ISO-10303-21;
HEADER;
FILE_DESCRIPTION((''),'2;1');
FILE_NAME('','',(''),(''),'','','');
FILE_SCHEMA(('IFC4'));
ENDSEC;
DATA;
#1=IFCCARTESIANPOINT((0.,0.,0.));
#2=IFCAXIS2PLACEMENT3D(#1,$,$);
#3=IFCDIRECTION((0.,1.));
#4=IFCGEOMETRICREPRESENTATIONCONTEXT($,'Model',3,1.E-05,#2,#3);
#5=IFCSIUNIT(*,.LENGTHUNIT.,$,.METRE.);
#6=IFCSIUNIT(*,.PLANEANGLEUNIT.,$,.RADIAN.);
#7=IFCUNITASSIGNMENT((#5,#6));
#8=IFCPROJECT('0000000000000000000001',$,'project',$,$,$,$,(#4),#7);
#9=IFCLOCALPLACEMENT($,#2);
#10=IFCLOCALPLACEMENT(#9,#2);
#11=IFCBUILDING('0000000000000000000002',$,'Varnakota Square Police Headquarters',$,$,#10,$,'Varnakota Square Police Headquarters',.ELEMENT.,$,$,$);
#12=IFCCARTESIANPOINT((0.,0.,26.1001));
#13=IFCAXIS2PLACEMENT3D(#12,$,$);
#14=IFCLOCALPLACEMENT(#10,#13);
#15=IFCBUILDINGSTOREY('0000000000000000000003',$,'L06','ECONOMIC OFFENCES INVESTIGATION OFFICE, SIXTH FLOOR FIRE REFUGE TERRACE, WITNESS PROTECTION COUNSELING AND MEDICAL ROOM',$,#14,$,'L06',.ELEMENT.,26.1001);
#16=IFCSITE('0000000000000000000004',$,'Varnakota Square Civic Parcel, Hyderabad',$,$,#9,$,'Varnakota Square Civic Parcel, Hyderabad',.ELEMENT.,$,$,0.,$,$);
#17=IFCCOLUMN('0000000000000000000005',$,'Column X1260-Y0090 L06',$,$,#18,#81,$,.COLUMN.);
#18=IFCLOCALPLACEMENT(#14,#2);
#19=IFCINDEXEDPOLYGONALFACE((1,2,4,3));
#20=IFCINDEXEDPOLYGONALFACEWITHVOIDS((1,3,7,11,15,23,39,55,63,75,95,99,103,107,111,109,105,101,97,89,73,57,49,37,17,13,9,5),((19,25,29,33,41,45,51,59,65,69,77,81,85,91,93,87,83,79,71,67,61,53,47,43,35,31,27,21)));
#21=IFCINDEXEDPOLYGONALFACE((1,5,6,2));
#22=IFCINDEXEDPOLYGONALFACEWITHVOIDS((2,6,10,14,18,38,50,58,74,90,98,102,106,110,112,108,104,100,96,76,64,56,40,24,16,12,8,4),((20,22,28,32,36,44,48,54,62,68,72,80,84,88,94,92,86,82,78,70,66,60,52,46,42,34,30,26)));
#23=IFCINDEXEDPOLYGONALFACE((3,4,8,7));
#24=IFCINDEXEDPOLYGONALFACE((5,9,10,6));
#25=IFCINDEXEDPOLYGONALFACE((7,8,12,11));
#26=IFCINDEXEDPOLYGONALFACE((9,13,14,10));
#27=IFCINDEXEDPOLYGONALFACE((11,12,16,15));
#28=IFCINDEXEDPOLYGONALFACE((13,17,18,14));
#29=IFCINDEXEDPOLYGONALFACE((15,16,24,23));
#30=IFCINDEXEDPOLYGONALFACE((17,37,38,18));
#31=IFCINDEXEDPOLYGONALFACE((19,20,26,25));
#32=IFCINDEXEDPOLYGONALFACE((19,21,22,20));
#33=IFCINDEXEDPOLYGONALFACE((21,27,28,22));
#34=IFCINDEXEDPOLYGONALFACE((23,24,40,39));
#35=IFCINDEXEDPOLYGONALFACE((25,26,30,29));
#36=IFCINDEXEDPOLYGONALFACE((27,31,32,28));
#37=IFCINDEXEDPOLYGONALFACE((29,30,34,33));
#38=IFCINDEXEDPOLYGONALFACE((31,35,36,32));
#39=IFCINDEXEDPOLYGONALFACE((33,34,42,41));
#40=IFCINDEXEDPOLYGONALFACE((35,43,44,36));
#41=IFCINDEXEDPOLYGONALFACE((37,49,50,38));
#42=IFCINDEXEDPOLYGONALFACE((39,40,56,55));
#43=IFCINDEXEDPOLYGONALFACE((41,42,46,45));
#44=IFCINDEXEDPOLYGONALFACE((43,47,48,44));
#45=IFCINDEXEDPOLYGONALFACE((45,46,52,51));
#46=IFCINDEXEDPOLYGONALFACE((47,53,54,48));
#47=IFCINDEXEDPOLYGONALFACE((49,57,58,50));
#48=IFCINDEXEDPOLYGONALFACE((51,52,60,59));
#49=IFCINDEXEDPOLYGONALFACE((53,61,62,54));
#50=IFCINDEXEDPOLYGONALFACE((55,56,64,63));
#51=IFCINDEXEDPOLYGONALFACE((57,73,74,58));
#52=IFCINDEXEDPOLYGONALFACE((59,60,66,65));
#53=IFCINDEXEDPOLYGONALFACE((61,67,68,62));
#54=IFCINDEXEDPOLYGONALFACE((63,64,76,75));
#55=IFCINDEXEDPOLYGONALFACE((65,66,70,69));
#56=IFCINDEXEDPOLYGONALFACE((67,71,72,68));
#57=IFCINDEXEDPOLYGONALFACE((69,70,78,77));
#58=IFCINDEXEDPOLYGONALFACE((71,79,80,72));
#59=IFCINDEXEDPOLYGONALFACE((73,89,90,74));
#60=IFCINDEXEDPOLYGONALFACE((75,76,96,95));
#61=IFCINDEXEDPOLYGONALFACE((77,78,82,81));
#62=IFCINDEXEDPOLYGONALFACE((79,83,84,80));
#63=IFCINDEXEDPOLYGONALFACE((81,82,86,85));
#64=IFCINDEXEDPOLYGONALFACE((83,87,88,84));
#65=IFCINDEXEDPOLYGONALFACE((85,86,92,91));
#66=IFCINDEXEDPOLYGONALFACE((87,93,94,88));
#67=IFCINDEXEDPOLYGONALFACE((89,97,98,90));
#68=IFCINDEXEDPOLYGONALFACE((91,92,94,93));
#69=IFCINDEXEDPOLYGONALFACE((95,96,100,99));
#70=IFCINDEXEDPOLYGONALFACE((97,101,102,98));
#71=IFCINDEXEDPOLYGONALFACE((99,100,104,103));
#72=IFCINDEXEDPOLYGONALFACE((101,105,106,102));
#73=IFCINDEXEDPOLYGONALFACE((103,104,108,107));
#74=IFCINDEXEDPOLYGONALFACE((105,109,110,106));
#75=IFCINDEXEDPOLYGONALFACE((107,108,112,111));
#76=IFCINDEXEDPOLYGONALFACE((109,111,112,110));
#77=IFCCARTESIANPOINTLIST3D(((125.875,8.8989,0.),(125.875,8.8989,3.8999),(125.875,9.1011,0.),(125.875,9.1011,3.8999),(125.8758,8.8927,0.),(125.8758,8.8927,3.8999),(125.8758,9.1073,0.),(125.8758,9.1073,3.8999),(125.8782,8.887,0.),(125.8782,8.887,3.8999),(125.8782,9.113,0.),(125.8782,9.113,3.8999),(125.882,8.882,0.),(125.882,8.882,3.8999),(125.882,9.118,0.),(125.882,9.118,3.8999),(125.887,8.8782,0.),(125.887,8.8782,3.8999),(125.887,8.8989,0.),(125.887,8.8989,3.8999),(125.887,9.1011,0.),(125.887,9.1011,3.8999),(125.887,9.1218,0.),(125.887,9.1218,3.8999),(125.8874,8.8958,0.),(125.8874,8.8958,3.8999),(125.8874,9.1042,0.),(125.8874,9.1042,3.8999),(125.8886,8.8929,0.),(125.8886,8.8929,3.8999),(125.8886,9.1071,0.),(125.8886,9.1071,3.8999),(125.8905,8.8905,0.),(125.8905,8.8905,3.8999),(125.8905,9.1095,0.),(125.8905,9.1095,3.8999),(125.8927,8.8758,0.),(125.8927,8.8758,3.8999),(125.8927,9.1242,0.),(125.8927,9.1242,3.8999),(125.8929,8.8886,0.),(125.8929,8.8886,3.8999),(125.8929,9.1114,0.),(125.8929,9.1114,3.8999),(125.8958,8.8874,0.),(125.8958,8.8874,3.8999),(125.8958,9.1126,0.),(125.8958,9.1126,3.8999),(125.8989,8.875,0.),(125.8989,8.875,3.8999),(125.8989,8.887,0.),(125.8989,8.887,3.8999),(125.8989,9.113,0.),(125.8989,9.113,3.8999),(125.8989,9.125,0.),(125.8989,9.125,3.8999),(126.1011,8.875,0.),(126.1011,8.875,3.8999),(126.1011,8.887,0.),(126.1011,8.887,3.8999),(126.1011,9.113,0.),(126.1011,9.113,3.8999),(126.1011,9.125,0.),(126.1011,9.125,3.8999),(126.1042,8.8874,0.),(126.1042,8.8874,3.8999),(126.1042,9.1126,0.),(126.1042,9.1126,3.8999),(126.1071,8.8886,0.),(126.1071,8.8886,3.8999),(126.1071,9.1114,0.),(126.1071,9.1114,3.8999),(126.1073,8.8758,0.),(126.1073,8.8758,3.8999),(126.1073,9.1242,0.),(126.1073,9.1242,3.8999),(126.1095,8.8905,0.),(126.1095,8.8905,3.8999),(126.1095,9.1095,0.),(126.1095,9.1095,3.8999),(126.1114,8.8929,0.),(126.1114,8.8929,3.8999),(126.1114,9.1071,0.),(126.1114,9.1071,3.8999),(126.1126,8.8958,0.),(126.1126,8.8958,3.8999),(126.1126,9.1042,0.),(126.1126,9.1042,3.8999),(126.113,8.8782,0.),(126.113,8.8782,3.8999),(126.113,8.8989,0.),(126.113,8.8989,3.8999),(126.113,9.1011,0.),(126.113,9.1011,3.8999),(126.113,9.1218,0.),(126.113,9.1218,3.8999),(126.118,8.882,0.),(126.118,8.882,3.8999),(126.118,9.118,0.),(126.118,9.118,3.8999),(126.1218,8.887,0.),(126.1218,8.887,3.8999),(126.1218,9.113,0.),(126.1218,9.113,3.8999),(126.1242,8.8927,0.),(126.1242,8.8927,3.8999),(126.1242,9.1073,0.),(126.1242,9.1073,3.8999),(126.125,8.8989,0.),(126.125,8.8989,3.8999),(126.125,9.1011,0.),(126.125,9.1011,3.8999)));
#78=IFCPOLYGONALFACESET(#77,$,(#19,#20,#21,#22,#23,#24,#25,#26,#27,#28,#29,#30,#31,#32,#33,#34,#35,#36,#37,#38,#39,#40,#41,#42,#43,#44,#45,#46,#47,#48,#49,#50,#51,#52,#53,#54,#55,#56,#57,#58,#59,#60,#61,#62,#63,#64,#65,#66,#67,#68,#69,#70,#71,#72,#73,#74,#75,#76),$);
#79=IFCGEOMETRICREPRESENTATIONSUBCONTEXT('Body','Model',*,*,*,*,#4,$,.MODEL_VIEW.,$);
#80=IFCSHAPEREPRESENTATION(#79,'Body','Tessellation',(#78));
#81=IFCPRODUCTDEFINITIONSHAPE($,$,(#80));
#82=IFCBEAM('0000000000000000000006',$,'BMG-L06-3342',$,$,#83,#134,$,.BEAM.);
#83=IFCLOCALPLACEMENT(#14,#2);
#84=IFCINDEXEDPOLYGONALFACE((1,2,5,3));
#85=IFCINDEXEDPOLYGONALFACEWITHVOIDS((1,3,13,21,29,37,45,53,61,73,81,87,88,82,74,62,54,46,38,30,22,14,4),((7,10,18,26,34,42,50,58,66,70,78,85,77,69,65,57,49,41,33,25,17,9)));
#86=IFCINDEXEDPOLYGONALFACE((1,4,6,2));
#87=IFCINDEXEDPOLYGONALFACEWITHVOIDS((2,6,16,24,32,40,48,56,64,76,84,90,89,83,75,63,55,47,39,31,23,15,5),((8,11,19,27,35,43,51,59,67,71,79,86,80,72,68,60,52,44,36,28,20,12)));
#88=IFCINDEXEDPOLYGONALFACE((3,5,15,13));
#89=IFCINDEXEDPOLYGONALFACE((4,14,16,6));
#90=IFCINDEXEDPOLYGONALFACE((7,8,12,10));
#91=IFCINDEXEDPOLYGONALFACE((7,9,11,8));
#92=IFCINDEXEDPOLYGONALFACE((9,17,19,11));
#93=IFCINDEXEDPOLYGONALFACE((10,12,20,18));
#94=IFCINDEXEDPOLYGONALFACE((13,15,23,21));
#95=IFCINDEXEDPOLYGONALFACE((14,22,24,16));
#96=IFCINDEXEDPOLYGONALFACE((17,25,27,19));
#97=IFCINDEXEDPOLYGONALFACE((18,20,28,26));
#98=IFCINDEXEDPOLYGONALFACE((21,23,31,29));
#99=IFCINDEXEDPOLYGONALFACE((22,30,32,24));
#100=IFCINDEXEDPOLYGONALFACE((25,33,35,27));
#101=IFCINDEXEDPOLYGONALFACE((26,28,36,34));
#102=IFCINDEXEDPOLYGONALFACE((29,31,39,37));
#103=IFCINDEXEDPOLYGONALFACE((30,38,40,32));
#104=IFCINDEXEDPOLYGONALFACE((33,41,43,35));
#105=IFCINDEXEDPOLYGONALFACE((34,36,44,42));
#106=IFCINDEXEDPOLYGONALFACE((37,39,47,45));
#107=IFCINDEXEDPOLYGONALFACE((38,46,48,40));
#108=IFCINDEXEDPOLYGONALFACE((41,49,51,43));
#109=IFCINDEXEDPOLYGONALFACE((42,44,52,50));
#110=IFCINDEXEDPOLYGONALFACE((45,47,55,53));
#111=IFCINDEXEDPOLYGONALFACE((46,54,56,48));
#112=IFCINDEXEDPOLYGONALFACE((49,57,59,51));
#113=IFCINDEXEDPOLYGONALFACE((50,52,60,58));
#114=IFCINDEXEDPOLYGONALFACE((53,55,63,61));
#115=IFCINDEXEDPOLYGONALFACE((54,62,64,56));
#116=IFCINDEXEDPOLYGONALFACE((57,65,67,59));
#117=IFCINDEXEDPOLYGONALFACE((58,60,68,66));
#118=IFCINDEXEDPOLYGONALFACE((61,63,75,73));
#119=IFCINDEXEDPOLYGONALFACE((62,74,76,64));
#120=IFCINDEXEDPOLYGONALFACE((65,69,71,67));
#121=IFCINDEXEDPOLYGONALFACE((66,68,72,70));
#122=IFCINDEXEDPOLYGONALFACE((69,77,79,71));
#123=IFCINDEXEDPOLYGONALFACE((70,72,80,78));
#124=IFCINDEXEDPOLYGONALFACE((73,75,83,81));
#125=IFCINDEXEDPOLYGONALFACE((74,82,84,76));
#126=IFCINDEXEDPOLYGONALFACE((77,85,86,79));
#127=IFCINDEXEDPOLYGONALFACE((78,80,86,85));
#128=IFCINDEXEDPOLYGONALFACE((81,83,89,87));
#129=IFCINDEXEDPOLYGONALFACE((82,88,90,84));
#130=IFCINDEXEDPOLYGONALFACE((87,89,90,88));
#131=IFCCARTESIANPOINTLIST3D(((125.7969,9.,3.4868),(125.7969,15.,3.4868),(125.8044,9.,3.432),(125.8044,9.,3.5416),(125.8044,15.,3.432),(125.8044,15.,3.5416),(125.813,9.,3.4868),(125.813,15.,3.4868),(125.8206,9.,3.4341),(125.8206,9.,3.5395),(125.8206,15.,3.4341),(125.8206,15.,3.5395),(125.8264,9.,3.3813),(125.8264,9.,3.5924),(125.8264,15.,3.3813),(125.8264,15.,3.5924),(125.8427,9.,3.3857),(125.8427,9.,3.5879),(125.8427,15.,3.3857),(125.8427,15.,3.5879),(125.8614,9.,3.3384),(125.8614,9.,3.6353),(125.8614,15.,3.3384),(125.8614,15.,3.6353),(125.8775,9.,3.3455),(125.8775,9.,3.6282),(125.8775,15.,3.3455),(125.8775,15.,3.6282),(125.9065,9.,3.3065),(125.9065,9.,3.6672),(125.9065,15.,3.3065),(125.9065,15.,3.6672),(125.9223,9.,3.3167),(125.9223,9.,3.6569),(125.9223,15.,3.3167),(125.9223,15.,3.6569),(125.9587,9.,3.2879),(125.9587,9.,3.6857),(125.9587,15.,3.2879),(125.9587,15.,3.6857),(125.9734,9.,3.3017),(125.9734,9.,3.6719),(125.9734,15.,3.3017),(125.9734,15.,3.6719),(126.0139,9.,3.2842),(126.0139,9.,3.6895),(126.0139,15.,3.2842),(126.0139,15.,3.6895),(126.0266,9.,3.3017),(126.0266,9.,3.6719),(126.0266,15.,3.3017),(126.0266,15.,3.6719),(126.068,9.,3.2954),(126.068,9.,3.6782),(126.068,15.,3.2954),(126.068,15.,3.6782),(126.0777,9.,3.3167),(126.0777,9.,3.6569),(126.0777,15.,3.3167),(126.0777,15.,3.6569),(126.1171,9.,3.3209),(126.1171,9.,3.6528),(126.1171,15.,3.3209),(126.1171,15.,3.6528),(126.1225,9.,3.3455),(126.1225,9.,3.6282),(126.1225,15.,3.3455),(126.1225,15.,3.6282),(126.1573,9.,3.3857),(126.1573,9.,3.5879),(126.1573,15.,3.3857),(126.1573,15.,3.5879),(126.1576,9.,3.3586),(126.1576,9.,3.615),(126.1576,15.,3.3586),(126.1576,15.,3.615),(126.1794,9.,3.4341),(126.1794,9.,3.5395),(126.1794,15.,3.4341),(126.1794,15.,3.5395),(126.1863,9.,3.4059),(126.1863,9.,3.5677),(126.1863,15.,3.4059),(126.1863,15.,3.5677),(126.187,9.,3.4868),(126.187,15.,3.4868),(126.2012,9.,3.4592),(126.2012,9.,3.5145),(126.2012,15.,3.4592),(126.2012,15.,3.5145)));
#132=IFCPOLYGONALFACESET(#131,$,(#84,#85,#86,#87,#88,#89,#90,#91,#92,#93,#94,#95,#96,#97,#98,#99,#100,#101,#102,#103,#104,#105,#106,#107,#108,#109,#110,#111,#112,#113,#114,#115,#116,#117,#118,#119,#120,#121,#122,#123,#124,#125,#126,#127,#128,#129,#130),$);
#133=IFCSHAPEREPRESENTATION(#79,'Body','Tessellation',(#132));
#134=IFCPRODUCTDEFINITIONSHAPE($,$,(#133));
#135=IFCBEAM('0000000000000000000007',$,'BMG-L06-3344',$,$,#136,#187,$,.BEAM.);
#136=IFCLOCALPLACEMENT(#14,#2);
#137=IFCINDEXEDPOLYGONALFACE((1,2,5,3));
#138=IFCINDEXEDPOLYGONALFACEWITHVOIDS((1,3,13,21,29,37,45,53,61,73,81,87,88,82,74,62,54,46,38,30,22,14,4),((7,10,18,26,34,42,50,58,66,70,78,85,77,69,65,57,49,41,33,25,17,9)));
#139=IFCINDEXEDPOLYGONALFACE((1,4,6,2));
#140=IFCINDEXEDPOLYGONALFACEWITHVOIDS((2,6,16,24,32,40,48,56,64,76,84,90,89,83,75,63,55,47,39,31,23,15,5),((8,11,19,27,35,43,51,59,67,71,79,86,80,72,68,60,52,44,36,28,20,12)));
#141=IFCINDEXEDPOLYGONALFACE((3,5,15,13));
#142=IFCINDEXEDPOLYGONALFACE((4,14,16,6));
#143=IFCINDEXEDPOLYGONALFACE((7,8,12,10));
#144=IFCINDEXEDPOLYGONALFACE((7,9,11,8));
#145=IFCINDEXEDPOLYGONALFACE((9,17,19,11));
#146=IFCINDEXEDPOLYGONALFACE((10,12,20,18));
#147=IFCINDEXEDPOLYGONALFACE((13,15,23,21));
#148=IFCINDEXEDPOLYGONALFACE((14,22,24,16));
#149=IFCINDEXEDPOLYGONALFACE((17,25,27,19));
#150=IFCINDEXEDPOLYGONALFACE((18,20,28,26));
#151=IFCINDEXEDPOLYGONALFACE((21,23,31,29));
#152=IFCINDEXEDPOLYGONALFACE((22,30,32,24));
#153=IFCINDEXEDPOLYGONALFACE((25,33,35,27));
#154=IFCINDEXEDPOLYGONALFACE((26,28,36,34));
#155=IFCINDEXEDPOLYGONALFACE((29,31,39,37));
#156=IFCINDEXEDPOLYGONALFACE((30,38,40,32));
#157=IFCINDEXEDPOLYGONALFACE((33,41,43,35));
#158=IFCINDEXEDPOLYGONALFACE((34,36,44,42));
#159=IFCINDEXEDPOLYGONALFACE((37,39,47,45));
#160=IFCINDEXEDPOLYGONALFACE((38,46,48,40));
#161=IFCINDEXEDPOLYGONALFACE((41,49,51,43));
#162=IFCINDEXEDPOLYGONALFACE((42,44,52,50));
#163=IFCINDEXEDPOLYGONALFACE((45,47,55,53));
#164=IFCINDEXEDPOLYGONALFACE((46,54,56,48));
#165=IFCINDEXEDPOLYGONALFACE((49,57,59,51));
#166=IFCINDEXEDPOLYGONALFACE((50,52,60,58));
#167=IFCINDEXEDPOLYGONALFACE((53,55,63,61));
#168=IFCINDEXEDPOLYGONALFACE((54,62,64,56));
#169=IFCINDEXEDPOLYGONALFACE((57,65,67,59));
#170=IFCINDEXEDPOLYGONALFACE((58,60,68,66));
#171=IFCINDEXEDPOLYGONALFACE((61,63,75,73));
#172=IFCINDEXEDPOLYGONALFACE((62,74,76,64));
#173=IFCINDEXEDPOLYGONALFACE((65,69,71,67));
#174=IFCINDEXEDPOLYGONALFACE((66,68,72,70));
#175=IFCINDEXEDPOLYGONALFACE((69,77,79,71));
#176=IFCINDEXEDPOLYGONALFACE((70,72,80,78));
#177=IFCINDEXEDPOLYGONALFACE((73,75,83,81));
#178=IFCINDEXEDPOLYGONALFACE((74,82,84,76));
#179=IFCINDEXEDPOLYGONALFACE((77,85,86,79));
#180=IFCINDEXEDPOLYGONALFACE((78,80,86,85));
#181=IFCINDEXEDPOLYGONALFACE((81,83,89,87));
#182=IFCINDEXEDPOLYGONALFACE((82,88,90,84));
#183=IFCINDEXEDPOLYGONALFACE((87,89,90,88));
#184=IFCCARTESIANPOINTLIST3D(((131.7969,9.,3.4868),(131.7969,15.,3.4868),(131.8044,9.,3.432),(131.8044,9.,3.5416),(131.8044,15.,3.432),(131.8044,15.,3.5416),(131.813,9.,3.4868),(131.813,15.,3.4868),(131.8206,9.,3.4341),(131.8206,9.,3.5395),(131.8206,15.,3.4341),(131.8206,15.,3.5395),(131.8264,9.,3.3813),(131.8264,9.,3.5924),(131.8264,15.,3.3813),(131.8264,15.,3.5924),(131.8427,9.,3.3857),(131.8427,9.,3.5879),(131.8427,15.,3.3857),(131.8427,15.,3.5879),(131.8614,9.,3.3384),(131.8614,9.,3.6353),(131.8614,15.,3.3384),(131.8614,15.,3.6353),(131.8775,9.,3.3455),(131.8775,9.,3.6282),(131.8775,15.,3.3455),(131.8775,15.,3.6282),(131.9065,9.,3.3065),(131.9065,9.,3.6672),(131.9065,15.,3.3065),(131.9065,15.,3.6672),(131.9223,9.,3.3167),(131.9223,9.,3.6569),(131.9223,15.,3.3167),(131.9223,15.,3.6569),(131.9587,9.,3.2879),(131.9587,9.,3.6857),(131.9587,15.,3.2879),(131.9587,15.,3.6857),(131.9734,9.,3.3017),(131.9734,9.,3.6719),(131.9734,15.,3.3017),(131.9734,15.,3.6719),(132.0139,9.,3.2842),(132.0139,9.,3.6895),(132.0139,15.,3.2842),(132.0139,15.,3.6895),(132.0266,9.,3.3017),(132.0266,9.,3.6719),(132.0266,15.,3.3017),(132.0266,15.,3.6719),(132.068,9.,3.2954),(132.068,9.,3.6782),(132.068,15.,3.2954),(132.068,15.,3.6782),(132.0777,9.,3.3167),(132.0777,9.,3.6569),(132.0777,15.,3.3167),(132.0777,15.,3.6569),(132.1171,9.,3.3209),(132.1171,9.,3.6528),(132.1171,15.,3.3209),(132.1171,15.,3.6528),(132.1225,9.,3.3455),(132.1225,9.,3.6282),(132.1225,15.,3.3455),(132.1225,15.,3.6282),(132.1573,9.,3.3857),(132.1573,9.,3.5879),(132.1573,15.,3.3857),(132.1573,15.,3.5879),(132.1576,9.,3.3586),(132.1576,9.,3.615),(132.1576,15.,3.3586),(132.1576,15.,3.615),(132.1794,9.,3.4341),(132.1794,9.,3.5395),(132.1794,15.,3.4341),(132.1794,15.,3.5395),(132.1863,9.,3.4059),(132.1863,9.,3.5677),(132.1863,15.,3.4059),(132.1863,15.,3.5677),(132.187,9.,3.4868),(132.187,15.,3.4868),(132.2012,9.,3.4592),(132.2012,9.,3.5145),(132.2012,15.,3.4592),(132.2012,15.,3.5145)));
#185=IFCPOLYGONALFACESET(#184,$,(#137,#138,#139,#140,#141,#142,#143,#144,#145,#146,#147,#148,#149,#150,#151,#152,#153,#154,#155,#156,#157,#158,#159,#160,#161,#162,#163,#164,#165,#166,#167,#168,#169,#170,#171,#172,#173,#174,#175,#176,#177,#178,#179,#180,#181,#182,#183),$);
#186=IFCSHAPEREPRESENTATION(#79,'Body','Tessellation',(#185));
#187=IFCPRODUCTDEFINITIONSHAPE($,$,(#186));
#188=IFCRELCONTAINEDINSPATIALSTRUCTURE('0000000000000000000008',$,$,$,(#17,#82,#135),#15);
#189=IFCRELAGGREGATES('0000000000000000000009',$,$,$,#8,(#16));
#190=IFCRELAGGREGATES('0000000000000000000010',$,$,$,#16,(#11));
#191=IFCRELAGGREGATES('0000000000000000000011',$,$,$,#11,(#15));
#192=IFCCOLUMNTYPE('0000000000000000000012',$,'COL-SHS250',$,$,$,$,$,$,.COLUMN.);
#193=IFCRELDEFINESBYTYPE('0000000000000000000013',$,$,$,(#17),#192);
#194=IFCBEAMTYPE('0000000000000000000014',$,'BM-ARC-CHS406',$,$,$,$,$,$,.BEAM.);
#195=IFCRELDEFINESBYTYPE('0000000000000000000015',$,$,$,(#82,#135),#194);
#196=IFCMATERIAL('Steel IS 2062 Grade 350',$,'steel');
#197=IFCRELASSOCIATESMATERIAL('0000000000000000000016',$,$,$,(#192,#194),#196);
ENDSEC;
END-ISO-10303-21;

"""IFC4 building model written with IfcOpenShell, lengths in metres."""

from ifc_helpers import new_model, si_unit, direction, frame, origin, origin_2d, place, context, subcontext, project, spatial, hollow_rectangle, hollow_circle, extrude, material, material_profile, profile_set, type_object, element, save


model = new_model("IFC4")

# Units and contexts
model_context = context("Model", 3, precision=1e-05, world=origin(), true_north=direction((0.0, 1.0)))
body_context = subcontext(model_context, "Body", "Model", "MODEL_VIEW")
ifc_project = project(units=[si_unit("LENGTHUNIT", "METRE"), si_unit("PLANEANGLEUNIT", "RADIAN")], contexts=[model_context])

# Site, building, storey
site_placement = place(None, origin())
site = spatial("IfcSite", under=ifc_project, at=site_placement, Name="Varnakota Square Civic Parcel, Hyderabad", LongName="Varnakota Square Civic Parcel, Hyderabad", CompositionType="ELEMENT", RefElevation=0.0)
building_placement = place(site_placement, origin())
building = spatial("IfcBuilding", under=site, at=building_placement, Name="Varnakota Square Police Headquarters", LongName="Varnakota Square Police Headquarters", CompositionType="ELEMENT")
storey_placement = place(building_placement, frame((0.0, 0.0, 26.1001)))
storey = spatial("IfcBuildingStorey", under=building, at=storey_placement, Name="L06", Description="ECONOMIC OFFENCES INVESTIGATION OFFICE, SIXTH FLOOR FIRE REFUGE TERRACE, WITNESS PROTECTION COUNSELING AND MEDICAL ROOM", LongName="L06", CompositionType="ELEMENT", Elevation=26.1001)

# Column
ifc_material_1 = material(Name="Steel IS 2062 Grade 350", Category="steel")
ifc_material_profile_1 = material_profile(ifc_material_1, hollow_rectangle(XDim=0.25, YDim=0.25, WallThickness=0.012, InnerFilletRadius=0.012, OuterFilletRadius=0.0239, at=origin_2d()), Name="SHS 250x250x12")
ifc_profile_set_1 = profile_set([ifc_material_profile_1], Name="Steel IS 2062 Grade 350")
column_type_1 = type_object("IfcColumnType", Name="COL-SHS250", PredefinedType="COLUMN", material=ifc_profile_set_1)
column_1_placement = place(storey_placement, frame((126.0, 9.0, 0.0), z_axis=(0.0, 0.0, 1.0), x_axis=(1.0, 0.0, 0.0)))
element("IfcColumn", 1, at=column_1_placement, inside=storey, type_object=column_type_1, Name="Column X1260-Y0090 L06", PredefinedType="COLUMN", context=body_context, shape_type="SweptSolid", body=[
    extrude(hollow_rectangle(XDim=0.25, YDim=0.25, WallThickness=0.012, InnerFilletRadius=0.012, OuterFilletRadius=0.0239, at=origin_2d()), origin(), (0.0, 0.0, 1.0), 3.8999),
])

# Beams
ifc_material_profile_2 = material_profile(ifc_material_1, hollow_circle(Radius=0.2031, WallThickness=0.0161, at=origin_2d()), Name="CHS 406.4x16.0")
ifc_profile_set_2 = profile_set([ifc_material_profile_2], Name="Steel IS 2062 Grade 350")
beam_type_1 = type_object("IfcBeamType", Name="BM-ARC-CHS406", PredefinedType="BEAM", material=ifc_profile_set_2)
for number, where, z_axis, x_axis, name in (
    (2, (126.0, 9.0, 3.4868), (0.0, 1.0, 0.0), (-1.0, 0.0, 0.0), "BMG-L06-3342"),
    (3, (132.0, 9.0, 3.4868), (0.0, 1.0, 0.0), (-1.0, 0.0, 0.0), "BMG-L06-3344"),
):
    element("IfcBeam", number, at=place(storey_placement, frame(where, z_axis=z_axis, x_axis=x_axis)), inside=storey, type_object=beam_type_1, Name=name, PredefinedType="BEAM", context=body_context, shape_type="SweptSolid", body=[
        extrude(hollow_circle(Radius=0.2031, WallThickness=0.0161, at=origin_2d()), origin(), (0.0, 0.0, 1.0), 6.0),
    ])

save(model, "model.ifc")
